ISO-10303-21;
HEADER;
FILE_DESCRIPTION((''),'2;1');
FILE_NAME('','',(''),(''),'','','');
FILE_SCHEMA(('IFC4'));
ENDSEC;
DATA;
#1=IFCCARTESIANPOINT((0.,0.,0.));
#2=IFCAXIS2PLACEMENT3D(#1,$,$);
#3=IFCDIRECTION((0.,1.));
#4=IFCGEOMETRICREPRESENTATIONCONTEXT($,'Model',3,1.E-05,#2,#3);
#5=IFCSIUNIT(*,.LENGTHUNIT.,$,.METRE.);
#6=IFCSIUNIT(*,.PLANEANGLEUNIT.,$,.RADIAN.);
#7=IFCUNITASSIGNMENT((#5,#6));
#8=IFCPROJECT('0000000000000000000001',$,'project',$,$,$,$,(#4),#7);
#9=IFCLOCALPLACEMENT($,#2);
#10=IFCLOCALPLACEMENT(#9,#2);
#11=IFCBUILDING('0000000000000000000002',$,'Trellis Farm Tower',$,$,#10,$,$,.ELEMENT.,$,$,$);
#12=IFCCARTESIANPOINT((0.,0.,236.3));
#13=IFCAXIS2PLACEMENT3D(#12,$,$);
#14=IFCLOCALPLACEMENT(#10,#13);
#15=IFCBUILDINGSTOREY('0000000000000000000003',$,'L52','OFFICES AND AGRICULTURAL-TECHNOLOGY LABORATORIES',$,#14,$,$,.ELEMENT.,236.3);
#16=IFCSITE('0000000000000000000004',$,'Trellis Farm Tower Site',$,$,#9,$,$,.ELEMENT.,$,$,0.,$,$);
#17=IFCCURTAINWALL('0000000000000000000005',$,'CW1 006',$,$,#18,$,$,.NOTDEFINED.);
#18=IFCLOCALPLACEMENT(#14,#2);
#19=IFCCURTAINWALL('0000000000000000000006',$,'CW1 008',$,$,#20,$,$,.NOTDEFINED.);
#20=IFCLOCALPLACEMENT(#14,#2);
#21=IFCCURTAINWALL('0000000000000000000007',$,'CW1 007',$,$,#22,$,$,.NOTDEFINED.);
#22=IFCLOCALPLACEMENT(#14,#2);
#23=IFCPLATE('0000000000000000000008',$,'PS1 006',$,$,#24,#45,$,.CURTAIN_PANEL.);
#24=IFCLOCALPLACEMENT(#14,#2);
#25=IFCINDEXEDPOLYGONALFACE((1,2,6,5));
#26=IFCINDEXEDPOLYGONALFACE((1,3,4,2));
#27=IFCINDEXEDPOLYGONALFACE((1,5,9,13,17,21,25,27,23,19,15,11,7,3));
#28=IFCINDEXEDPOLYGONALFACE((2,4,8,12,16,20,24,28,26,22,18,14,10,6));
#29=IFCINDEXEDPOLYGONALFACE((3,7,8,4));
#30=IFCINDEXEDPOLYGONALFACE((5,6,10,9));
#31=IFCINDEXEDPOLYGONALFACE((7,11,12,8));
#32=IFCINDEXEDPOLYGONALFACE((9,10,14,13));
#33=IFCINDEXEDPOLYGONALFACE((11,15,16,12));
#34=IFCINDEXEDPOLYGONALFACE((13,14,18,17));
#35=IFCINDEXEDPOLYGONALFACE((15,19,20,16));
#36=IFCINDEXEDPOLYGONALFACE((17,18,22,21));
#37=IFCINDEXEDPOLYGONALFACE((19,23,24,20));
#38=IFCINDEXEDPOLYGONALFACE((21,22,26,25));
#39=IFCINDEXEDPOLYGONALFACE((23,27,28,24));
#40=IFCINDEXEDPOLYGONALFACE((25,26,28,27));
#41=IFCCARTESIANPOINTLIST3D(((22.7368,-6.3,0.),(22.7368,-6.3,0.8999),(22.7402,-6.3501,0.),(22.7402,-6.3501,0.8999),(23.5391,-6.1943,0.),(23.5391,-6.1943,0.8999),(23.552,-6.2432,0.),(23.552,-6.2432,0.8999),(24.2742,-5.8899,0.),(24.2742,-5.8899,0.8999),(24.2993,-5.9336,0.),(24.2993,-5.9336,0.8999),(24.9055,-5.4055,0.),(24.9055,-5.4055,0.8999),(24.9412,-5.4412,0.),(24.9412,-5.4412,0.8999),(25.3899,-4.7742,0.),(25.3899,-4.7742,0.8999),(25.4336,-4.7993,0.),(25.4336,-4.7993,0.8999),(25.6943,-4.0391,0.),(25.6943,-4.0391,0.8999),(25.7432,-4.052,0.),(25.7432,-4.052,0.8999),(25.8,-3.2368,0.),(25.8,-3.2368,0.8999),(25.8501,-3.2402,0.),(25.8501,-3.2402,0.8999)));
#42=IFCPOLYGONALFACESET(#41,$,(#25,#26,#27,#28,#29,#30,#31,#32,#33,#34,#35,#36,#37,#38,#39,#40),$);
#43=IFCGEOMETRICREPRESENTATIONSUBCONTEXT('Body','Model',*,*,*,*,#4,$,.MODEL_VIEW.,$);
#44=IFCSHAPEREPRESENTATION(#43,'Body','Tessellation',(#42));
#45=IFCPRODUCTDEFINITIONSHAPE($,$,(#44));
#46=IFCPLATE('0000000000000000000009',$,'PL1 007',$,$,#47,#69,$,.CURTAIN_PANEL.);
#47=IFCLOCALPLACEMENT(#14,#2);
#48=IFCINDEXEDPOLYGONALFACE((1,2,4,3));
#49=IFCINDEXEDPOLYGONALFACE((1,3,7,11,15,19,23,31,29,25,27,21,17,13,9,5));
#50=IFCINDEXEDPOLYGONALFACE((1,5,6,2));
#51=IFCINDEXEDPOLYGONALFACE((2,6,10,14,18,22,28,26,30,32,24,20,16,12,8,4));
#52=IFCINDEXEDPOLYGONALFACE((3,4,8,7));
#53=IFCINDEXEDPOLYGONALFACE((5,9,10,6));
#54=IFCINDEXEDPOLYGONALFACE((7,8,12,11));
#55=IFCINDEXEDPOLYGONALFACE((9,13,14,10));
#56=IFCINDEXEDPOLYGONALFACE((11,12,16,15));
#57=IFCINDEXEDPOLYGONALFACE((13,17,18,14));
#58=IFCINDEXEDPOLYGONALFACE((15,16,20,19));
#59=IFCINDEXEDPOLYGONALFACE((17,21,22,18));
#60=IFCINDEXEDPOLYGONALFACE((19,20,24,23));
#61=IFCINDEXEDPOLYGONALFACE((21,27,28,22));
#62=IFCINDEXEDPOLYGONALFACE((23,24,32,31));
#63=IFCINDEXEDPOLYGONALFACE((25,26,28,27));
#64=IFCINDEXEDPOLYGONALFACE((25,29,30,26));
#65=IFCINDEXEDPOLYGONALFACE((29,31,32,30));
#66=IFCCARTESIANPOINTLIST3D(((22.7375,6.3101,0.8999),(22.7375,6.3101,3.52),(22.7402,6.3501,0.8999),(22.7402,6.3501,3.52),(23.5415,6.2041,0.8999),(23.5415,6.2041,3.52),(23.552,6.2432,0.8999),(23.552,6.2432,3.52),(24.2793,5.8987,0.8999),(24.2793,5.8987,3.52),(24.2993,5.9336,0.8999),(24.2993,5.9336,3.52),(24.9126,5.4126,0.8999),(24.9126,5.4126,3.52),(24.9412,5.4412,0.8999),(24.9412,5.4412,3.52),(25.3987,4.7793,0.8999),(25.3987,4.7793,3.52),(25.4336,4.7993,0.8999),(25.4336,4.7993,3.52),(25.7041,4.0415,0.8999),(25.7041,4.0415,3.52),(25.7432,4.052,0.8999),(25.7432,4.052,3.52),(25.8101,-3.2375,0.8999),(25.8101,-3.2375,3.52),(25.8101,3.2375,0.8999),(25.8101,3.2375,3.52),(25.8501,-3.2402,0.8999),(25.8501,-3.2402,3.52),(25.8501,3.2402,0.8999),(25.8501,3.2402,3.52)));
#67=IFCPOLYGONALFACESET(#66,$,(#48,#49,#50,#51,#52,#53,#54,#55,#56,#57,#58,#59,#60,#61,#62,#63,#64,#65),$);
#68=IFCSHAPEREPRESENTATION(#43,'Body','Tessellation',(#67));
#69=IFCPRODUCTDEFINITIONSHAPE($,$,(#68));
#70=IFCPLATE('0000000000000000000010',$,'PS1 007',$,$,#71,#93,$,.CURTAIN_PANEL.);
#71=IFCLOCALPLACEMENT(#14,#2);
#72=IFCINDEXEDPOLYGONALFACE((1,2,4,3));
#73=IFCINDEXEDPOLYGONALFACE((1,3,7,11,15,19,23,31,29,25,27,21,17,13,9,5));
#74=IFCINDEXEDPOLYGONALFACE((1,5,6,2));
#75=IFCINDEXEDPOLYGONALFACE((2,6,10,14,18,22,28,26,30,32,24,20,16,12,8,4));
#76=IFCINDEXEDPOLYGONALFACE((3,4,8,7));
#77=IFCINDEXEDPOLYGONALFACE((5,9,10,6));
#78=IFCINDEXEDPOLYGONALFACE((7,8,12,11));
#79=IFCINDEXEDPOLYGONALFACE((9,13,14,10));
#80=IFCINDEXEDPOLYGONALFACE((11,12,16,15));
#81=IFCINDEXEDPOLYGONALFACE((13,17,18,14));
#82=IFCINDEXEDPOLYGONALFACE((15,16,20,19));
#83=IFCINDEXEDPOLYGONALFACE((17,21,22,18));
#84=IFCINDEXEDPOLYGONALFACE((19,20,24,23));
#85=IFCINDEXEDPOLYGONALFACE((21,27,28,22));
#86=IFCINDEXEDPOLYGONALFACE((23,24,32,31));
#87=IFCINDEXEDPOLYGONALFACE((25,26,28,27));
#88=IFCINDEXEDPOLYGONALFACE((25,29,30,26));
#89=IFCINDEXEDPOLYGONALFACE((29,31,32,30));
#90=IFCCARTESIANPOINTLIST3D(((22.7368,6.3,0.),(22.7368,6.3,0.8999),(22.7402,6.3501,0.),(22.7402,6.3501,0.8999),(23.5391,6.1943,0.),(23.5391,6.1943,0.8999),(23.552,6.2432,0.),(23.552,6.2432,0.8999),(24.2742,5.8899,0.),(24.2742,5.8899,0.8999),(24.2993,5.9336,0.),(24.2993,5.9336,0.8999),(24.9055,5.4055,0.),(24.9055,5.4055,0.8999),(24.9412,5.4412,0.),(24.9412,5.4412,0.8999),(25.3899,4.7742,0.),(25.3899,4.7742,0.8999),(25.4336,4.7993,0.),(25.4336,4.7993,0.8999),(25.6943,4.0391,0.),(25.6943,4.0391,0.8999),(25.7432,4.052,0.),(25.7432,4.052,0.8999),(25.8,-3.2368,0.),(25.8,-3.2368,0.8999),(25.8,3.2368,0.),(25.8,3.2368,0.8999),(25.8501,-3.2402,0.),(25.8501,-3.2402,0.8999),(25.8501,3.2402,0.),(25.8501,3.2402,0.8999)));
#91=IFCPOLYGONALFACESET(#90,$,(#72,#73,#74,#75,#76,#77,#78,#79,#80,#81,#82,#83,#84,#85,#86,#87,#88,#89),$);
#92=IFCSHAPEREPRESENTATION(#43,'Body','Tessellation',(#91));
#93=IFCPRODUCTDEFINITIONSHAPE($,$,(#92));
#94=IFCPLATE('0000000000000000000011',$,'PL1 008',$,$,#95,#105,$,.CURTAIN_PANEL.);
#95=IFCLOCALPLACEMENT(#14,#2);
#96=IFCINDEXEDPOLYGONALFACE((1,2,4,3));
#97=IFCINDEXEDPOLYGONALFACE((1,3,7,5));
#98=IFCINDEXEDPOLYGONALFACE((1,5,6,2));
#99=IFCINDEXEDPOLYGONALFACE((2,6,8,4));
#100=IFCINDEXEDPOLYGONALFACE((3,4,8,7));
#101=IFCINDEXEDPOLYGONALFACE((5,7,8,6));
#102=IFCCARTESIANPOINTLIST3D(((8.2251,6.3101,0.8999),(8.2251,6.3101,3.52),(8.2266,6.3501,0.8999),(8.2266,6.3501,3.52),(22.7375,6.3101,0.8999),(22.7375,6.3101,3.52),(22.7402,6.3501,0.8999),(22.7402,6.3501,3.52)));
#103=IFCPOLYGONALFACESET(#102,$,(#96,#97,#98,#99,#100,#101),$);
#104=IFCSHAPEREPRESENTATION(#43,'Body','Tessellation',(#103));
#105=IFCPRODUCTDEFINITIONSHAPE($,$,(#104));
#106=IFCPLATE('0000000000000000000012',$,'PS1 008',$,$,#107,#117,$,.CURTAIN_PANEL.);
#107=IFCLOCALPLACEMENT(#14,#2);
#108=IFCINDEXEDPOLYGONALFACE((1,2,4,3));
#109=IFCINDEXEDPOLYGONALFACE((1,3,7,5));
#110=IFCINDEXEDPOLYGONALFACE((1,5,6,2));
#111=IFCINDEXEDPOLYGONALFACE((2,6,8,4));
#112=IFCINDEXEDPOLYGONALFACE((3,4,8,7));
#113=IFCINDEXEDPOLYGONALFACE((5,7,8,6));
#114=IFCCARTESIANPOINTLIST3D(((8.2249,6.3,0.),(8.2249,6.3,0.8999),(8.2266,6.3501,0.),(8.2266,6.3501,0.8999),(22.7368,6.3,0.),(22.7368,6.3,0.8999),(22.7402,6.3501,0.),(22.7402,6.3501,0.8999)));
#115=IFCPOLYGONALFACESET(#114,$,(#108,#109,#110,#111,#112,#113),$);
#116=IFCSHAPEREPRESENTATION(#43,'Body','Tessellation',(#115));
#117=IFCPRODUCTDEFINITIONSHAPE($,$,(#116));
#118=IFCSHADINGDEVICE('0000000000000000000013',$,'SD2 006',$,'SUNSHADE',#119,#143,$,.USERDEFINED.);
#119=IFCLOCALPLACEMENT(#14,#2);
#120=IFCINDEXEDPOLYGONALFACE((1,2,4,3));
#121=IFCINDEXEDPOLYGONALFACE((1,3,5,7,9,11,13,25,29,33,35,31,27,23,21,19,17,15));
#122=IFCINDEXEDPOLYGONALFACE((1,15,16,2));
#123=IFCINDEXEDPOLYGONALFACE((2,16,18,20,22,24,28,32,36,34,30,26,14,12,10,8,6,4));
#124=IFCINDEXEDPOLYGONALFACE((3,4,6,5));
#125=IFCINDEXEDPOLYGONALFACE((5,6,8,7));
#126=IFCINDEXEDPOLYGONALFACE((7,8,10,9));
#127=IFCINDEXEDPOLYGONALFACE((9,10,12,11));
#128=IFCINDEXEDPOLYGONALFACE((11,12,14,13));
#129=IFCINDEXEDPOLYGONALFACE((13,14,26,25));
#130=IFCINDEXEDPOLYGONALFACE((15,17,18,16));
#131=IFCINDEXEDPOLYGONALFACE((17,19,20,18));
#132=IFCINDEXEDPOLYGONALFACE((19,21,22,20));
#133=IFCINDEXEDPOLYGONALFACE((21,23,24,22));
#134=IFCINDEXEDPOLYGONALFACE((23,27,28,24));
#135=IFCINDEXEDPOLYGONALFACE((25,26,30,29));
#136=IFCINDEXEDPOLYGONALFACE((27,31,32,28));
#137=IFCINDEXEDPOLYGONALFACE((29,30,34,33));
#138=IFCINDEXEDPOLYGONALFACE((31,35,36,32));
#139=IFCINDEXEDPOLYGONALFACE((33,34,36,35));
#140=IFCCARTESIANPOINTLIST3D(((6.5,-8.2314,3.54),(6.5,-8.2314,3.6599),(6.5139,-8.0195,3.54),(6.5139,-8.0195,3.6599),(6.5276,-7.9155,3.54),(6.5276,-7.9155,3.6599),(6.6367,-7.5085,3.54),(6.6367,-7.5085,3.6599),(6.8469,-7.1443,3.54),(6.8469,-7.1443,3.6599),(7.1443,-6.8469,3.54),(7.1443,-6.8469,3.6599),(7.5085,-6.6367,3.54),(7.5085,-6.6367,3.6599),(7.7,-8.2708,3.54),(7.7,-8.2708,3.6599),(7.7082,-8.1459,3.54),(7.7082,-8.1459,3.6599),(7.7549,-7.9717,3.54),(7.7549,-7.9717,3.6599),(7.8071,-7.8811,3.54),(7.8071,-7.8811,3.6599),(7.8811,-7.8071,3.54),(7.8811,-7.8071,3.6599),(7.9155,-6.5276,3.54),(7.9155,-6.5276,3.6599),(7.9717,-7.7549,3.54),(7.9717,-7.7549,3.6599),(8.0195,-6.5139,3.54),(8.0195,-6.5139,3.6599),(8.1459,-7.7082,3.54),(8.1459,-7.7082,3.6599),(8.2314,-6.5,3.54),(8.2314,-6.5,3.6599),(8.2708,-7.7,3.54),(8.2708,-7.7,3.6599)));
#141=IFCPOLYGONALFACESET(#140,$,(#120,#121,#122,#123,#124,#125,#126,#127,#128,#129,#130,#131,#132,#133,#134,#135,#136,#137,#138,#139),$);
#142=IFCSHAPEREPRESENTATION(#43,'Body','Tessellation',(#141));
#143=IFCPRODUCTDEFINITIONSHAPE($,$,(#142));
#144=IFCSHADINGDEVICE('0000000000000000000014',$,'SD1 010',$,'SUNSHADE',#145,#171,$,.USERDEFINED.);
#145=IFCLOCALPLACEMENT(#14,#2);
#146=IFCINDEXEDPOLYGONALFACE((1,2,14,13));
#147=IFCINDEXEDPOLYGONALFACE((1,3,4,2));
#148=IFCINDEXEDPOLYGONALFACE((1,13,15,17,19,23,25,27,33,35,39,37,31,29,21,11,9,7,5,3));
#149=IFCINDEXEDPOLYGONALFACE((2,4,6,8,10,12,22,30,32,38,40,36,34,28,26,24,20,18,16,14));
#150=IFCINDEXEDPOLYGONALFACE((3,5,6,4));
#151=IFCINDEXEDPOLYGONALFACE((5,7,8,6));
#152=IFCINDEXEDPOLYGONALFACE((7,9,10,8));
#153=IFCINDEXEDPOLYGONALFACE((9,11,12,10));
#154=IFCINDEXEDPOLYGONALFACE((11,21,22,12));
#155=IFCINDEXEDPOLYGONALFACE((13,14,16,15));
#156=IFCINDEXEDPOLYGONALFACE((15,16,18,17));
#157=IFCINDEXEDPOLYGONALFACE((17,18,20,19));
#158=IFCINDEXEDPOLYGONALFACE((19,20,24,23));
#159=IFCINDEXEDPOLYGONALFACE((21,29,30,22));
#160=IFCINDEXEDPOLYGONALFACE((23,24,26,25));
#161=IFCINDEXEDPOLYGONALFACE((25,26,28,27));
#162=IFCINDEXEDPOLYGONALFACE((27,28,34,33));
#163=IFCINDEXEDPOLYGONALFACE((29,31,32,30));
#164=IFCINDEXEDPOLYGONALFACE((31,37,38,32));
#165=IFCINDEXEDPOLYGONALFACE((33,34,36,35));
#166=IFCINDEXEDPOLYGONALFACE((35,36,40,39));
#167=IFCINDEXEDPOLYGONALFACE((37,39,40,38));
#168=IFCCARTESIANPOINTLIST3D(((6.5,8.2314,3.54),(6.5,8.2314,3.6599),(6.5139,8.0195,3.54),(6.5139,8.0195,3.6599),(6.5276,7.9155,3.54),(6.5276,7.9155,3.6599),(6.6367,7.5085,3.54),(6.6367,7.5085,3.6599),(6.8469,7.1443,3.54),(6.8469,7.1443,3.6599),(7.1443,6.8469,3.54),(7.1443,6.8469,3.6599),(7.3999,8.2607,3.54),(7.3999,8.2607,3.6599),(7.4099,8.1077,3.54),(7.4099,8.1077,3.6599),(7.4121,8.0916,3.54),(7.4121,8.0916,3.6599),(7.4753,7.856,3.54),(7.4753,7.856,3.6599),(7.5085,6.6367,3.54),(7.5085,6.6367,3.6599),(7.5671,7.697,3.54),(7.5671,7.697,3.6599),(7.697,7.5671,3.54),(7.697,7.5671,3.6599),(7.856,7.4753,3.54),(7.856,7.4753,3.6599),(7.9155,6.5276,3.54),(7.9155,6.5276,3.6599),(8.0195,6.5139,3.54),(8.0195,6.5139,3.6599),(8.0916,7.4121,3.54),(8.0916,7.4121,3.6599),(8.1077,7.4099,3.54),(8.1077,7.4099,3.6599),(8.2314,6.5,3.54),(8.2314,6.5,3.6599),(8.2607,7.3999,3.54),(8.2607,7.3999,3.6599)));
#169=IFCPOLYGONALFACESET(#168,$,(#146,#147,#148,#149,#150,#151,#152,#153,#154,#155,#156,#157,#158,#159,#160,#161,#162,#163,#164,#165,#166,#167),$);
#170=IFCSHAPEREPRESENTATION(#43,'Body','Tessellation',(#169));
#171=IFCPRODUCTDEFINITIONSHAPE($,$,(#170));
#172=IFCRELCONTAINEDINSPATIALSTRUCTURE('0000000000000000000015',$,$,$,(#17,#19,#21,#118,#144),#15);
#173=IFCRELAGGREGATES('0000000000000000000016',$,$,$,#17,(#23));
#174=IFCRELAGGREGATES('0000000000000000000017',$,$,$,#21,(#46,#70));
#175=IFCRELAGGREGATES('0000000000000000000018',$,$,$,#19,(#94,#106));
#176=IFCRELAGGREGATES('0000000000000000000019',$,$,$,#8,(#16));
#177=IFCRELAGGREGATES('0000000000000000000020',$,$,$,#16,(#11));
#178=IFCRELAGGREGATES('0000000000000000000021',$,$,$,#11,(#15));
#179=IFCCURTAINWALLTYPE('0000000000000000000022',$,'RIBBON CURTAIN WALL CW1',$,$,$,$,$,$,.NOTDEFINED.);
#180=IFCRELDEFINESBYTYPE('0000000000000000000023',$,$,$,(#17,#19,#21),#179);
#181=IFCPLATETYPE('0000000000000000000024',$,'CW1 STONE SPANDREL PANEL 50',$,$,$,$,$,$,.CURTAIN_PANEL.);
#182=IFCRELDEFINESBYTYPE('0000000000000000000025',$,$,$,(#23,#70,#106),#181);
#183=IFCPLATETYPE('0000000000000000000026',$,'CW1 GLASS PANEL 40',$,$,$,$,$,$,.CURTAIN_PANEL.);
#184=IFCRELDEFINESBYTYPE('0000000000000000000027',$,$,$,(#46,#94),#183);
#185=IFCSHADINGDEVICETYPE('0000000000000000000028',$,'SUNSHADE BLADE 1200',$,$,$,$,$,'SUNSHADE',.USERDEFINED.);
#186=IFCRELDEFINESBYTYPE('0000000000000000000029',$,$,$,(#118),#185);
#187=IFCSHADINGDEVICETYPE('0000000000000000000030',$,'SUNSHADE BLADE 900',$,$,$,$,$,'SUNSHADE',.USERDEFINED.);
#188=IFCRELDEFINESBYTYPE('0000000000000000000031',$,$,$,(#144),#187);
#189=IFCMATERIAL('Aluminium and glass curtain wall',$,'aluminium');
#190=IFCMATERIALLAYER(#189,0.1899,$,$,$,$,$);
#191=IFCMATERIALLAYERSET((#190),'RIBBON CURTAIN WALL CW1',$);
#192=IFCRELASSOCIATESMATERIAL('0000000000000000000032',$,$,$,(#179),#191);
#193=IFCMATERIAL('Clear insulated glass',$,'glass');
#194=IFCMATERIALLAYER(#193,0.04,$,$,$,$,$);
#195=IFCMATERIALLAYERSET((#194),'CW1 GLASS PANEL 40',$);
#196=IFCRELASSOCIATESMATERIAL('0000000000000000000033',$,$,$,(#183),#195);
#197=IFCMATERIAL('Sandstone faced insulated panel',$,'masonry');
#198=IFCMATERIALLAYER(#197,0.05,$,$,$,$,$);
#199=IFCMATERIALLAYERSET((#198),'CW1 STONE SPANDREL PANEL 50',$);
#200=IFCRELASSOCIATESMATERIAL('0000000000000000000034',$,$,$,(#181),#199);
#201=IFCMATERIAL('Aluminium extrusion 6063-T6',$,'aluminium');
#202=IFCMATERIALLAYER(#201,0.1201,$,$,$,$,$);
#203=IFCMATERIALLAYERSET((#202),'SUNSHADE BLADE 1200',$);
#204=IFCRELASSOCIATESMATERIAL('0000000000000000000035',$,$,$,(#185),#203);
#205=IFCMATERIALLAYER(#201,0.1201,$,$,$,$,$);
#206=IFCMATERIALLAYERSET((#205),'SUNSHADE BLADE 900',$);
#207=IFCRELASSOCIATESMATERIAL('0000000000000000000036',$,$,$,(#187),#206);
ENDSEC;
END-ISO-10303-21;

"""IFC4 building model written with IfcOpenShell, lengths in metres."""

from ifc_helpers import new_model, si_unit, direction, frame, origin, place, context, subcontext, project, spatial, polyline, outline, extrude, source, transform, mapped, material, layer, layer_set, type_object, element, aggregate, save


model = new_model("IFC4")

# Units and contexts
model_context = context("Model", 3, precision=1e-05, world=origin(), true_north=direction((0.0, 1.0)))
body_context = subcontext(model_context, "Body", "Model", "MODEL_VIEW")
ifc_project = project(units=[si_unit("LENGTHUNIT", "METRE"), si_unit("PLANEANGLEUNIT", "RADIAN")], contexts=[model_context])

# Site, building, storey
site_placement = place(None, origin())
site = spatial("IfcSite", under=ifc_project, at=site_placement, Name="Trellis Farm Tower Site", CompositionType="ELEMENT", RefElevation=0.0)
building_placement = place(site_placement, origin())
building = spatial("IfcBuilding", under=site, at=building_placement, Name="Trellis Farm Tower", CompositionType="ELEMENT")
storey_placement = place(building_placement, frame((0.0, 0.0, 236.3)))
storey = spatial("IfcBuildingStorey", under=building, at=storey_placement, Name="L52", Description="OFFICES AND AGRICULTURAL-TECHNOLOGY LABORATORIES", CompositionType="ELEMENT", Elevation=236.3)

# Curtain walls
ifc_material_1 = material(Name="Aluminium and glass curtain wall", Category="aluminium")
placement_1 = place(storey_placement, origin())
ifc_material_2 = material(Name="Aluminium extrusion 6063-T6", Category="aluminium")
ifc_layer_1 = layer(ifc_material_1, 0.1899)
ifc_layer_set_1 = layer_set([ifc_layer_1], Name="RIBBON CURTAIN WALL CW1")
curtain_wall_type_1 = type_object("IfcCurtainWallType", Name="RIBBON CURTAIN WALL CW1", PredefinedType="NOTDEFINED", material=ifc_layer_set_1)
curtain_wall_1 = element("IfcCurtainWall", 1, at=placement_1, inside=storey, type_object=curtain_wall_type_1, Name="CW1 006", PredefinedType="NOTDEFINED")
curtain_wall_2 = element("IfcCurtainWall", 2, at=placement_1, inside=storey, type_object=curtain_wall_type_1, Name="CW1 008", PredefinedType="NOTDEFINED")
curtain_wall_3 = element("IfcCurtainWall", 3, at=placement_1, inside=storey, type_object=curtain_wall_type_1, Name="CW1 007", PredefinedType="NOTDEFINED")

# Shared definitions
ifc_material_3 = material(Name="Clear insulated glass", Category="glass")

# Shared definitions
ifc_layer_2 = layer(ifc_material_3, 0.04)
ifc_layer_set_2 = layer_set([ifc_layer_2], Name="CW1 GLASS PANEL 40")
plate_type_1 = type_object("IfcPlateType", Name="CW1 GLASS PANEL 40", PredefinedType="CURTAIN_PANEL", material=ifc_layer_set_2)
placement_2 = place(storey_placement, frame((0.0, 0.0, 0.8999)))

# Plates
ifc_material_4 = material(Name="Sandstone faced insulated panel", Category="masonry")
ifc_layer_3 = layer(ifc_material_4, 0.05)
ifc_layer_set_3 = layer_set([ifc_layer_3], Name="CW1 STONE SPANDREL PANEL 50")
plate_type_2 = type_object("IfcPlateType", Name="CW1 STONE SPANDREL PANEL 50", PredefinedType="CURTAIN_PANEL", material=ifc_layer_set_3)
shared_shape_1 = source(origin(), body_context, "Body", "SweptSolid", [
    extrude(outline(polyline([(22.7402, -6.3501), (23.552, -6.2432), (24.2993, -5.9336), (24.9412, -5.4412), (25.4336, -4.7993), (25.7432, -4.052), (25.8501, -3.2402), (25.8, -3.2368), (25.6943, -4.0391), (25.3899, -4.7742), (24.9055, -5.4055), (24.2742, -5.8899), (23.5391, -6.1943), (22.7368, -6.3), (22.7402, -6.3501)])), origin(), (0.0, 0.0, 1.0), 0.8999),
])
plate_1 = element("IfcPlate", 4, at=placement_1, type_object=plate_type_2, Name="PS1 006", PredefinedType="CURTAIN_PANEL", context=body_context, shape_type="MappedRepresentation", body=[
    mapped(shared_shape_1, transform((0.0, 0.0, 0.0))),
])
aggregate(curtain_wall_1, [plate_1])
shared_shape_2 = source(origin(), body_context, "Body", "SweptSolid", [
    extrude(outline(polyline([(25.8501, -3.2402), (25.8501, 3.2402), (25.7432, 4.052), (25.4336, 4.7993), (24.9412, 5.4412), (24.2993, 5.9336), (23.552, 6.2432), (22.7402, 6.3501), (22.7375, 6.3101), (23.5415, 6.2041), (24.2793, 5.8987), (24.9126, 5.4126), (25.3987, 4.7793), (25.7041, 4.0415), (25.8101, 3.2375), (25.8101, -3.2375), (25.8501, -3.2402)])), origin(), (0.0, 0.0, 1.0), 2.6201),
])
plate_2 = element("IfcPlate", 5, at=placement_2, type_object=plate_type_1, Name="PL1 007", PredefinedType="CURTAIN_PANEL", context=body_context, shape_type="MappedRepresentation", body=[
    mapped(shared_shape_2, transform((0.0, 0.0, 0.0))),
])
shared_shape_3 = source(origin(), body_context, "Body", "SweptSolid", [
    extrude(outline(polyline([(25.8501, -3.2402), (25.8501, 3.2402), (25.7432, 4.052), (25.4336, 4.7993), (24.9412, 5.4412), (24.2993, 5.9336), (23.552, 6.2432), (22.7402, 6.3501), (22.7368, 6.3), (23.5391, 6.1943), (24.2742, 5.8899), (24.9055, 5.4055), (25.3899, 4.7742), (25.6943, 4.0391), (25.8, 3.2368), (25.8, -3.2368), (25.8501, -3.2402)])), origin(), (0.0, 0.0, 1.0), 0.8999),
])
plate_3 = element("IfcPlate", 6, at=placement_1, type_object=plate_type_2, Name="PS1 007", PredefinedType="CURTAIN_PANEL", context=body_context, shape_type="MappedRepresentation", body=[
    mapped(shared_shape_3, transform((0.0, 0.0, 0.0))),
])
aggregate(curtain_wall_3, [plate_2, plate_3])
shared_shape_4 = source(origin(), body_context, "Body", "SweptSolid", [
    extrude(outline(polyline([(22.7402, 6.3501), (8.2266, 6.3501), (8.2251, 6.3101), (22.7375, 6.3101), (22.7402, 6.3501)])), origin(), (0.0, 0.0, 1.0), 2.6201),
])
plate_4 = element("IfcPlate", 7, at=placement_2, type_object=plate_type_1, Name="PL1 008", PredefinedType="CURTAIN_PANEL", context=body_context, shape_type="MappedRepresentation", body=[
    mapped(shared_shape_4, transform((0.0, 0.0, 0.0))),
])
shared_shape_5 = source(origin(), body_context, "Body", "SweptSolid", [
    extrude(outline(polyline([(22.7402, 6.3501), (8.2266, 6.3501), (8.2249, 6.3), (22.7368, 6.3), (22.7402, 6.3501)])), origin(), (0.0, 0.0, 1.0), 0.8999),
])
plate_5 = element("IfcPlate", 8, at=placement_1, type_object=plate_type_2, Name="PS1 008", PredefinedType="CURTAIN_PANEL", context=body_context, shape_type="MappedRepresentation", body=[
    mapped(shared_shape_5, transform((0.0, 0.0, 0.0))),
])
aggregate(curtain_wall_2, [plate_4, plate_5])

# Shading devices
ifc_layer_4 = layer(ifc_material_2, 0.1201)
ifc_layer_set_4 = layer_set([ifc_layer_4], Name="SUNSHADE BLADE 1200")
shading_device_type_1 = type_object("IfcShadingDeviceType", Name="SUNSHADE BLADE 1200", ElementType="SUNSHADE", PredefinedType="USERDEFINED", material=ifc_layer_set_4)
shared_shape_6 = source(origin(), body_context, "Body", "SweptSolid", [
    extrude(outline(polyline([(7.7, -8.2708), (7.7087, -8.1372), (7.707, -8.1501), (7.7549, -7.9717), (7.8071, -7.8811), (7.8811, -7.8071), (7.9717, -7.7549), (8.1501, -7.707), (8.1372, -7.7087), (8.2708, -7.7), (8.2314, -6.5), (8.0195, -6.5139), (7.9155, -6.5276), (7.5085, -6.6367), (7.1443, -6.8469), (6.8469, -7.1443), (6.6367, -7.5085), (6.5276, -7.9155), (6.5139, -8.0195), (6.5, -8.2314), (7.7, -8.2708)])), origin(), (0.0, 0.0, 1.0), 0.1199),
])
placement_3 = place(storey_placement, frame((0.0, 0.0, 3.54)))
element("IfcShadingDevice", 9, at=placement_3, inside=storey, type_object=shading_device_type_1, Name="SD2 006", ObjectType="SUNSHADE", PredefinedType="USERDEFINED", context=body_context, shape_type="MappedRepresentation", body=[
    mapped(shared_shape_6, transform((0.0, 0.0, 0.0))),
])
ifc_layer_5 = layer(ifc_material_2, 0.1201)
ifc_layer_set_5 = layer_set([ifc_layer_5], Name="SUNSHADE BLADE 900")
shading_device_type_2 = type_object("IfcShadingDeviceType", Name="SUNSHADE BLADE 900", ElementType="SUNSHADE", PredefinedType="USERDEFINED", material=ifc_layer_set_5)
shared_shape_7 = source(origin(), body_context, "Body", "SweptSolid", [
    extrude(outline(polyline([(8.2607, 7.3999), (8.1077, 7.4099), (8.0916, 7.4121), (7.856, 7.4753), (7.697, 7.5671), (7.5671, 7.697), (7.4753, 7.856), (7.4121, 8.0916), (7.4099, 8.1077), (7.3999, 8.2607), (6.5, 8.2314), (6.5139, 8.0195), (6.5276, 7.9155), (6.6367, 7.5085), (6.8469, 7.1443), (7.1443, 6.8469), (7.5085, 6.6367), (7.9155, 6.5276), (8.0195, 6.5139), (8.2314, 6.5), (8.2607, 7.3999)])), origin(), (0.0, 0.0, 1.0), 0.1199),
])
element("IfcShadingDevice", 10, at=placement_3, inside=storey, type_object=shading_device_type_2, Name="SD1 010", ObjectType="SUNSHADE", PredefinedType="USERDEFINED", context=body_context, shape_type="MappedRepresentation", body=[
    mapped(shared_shape_7, transform((0.0, 0.0, 0.0))),
])

save(model, "model.ifc")
